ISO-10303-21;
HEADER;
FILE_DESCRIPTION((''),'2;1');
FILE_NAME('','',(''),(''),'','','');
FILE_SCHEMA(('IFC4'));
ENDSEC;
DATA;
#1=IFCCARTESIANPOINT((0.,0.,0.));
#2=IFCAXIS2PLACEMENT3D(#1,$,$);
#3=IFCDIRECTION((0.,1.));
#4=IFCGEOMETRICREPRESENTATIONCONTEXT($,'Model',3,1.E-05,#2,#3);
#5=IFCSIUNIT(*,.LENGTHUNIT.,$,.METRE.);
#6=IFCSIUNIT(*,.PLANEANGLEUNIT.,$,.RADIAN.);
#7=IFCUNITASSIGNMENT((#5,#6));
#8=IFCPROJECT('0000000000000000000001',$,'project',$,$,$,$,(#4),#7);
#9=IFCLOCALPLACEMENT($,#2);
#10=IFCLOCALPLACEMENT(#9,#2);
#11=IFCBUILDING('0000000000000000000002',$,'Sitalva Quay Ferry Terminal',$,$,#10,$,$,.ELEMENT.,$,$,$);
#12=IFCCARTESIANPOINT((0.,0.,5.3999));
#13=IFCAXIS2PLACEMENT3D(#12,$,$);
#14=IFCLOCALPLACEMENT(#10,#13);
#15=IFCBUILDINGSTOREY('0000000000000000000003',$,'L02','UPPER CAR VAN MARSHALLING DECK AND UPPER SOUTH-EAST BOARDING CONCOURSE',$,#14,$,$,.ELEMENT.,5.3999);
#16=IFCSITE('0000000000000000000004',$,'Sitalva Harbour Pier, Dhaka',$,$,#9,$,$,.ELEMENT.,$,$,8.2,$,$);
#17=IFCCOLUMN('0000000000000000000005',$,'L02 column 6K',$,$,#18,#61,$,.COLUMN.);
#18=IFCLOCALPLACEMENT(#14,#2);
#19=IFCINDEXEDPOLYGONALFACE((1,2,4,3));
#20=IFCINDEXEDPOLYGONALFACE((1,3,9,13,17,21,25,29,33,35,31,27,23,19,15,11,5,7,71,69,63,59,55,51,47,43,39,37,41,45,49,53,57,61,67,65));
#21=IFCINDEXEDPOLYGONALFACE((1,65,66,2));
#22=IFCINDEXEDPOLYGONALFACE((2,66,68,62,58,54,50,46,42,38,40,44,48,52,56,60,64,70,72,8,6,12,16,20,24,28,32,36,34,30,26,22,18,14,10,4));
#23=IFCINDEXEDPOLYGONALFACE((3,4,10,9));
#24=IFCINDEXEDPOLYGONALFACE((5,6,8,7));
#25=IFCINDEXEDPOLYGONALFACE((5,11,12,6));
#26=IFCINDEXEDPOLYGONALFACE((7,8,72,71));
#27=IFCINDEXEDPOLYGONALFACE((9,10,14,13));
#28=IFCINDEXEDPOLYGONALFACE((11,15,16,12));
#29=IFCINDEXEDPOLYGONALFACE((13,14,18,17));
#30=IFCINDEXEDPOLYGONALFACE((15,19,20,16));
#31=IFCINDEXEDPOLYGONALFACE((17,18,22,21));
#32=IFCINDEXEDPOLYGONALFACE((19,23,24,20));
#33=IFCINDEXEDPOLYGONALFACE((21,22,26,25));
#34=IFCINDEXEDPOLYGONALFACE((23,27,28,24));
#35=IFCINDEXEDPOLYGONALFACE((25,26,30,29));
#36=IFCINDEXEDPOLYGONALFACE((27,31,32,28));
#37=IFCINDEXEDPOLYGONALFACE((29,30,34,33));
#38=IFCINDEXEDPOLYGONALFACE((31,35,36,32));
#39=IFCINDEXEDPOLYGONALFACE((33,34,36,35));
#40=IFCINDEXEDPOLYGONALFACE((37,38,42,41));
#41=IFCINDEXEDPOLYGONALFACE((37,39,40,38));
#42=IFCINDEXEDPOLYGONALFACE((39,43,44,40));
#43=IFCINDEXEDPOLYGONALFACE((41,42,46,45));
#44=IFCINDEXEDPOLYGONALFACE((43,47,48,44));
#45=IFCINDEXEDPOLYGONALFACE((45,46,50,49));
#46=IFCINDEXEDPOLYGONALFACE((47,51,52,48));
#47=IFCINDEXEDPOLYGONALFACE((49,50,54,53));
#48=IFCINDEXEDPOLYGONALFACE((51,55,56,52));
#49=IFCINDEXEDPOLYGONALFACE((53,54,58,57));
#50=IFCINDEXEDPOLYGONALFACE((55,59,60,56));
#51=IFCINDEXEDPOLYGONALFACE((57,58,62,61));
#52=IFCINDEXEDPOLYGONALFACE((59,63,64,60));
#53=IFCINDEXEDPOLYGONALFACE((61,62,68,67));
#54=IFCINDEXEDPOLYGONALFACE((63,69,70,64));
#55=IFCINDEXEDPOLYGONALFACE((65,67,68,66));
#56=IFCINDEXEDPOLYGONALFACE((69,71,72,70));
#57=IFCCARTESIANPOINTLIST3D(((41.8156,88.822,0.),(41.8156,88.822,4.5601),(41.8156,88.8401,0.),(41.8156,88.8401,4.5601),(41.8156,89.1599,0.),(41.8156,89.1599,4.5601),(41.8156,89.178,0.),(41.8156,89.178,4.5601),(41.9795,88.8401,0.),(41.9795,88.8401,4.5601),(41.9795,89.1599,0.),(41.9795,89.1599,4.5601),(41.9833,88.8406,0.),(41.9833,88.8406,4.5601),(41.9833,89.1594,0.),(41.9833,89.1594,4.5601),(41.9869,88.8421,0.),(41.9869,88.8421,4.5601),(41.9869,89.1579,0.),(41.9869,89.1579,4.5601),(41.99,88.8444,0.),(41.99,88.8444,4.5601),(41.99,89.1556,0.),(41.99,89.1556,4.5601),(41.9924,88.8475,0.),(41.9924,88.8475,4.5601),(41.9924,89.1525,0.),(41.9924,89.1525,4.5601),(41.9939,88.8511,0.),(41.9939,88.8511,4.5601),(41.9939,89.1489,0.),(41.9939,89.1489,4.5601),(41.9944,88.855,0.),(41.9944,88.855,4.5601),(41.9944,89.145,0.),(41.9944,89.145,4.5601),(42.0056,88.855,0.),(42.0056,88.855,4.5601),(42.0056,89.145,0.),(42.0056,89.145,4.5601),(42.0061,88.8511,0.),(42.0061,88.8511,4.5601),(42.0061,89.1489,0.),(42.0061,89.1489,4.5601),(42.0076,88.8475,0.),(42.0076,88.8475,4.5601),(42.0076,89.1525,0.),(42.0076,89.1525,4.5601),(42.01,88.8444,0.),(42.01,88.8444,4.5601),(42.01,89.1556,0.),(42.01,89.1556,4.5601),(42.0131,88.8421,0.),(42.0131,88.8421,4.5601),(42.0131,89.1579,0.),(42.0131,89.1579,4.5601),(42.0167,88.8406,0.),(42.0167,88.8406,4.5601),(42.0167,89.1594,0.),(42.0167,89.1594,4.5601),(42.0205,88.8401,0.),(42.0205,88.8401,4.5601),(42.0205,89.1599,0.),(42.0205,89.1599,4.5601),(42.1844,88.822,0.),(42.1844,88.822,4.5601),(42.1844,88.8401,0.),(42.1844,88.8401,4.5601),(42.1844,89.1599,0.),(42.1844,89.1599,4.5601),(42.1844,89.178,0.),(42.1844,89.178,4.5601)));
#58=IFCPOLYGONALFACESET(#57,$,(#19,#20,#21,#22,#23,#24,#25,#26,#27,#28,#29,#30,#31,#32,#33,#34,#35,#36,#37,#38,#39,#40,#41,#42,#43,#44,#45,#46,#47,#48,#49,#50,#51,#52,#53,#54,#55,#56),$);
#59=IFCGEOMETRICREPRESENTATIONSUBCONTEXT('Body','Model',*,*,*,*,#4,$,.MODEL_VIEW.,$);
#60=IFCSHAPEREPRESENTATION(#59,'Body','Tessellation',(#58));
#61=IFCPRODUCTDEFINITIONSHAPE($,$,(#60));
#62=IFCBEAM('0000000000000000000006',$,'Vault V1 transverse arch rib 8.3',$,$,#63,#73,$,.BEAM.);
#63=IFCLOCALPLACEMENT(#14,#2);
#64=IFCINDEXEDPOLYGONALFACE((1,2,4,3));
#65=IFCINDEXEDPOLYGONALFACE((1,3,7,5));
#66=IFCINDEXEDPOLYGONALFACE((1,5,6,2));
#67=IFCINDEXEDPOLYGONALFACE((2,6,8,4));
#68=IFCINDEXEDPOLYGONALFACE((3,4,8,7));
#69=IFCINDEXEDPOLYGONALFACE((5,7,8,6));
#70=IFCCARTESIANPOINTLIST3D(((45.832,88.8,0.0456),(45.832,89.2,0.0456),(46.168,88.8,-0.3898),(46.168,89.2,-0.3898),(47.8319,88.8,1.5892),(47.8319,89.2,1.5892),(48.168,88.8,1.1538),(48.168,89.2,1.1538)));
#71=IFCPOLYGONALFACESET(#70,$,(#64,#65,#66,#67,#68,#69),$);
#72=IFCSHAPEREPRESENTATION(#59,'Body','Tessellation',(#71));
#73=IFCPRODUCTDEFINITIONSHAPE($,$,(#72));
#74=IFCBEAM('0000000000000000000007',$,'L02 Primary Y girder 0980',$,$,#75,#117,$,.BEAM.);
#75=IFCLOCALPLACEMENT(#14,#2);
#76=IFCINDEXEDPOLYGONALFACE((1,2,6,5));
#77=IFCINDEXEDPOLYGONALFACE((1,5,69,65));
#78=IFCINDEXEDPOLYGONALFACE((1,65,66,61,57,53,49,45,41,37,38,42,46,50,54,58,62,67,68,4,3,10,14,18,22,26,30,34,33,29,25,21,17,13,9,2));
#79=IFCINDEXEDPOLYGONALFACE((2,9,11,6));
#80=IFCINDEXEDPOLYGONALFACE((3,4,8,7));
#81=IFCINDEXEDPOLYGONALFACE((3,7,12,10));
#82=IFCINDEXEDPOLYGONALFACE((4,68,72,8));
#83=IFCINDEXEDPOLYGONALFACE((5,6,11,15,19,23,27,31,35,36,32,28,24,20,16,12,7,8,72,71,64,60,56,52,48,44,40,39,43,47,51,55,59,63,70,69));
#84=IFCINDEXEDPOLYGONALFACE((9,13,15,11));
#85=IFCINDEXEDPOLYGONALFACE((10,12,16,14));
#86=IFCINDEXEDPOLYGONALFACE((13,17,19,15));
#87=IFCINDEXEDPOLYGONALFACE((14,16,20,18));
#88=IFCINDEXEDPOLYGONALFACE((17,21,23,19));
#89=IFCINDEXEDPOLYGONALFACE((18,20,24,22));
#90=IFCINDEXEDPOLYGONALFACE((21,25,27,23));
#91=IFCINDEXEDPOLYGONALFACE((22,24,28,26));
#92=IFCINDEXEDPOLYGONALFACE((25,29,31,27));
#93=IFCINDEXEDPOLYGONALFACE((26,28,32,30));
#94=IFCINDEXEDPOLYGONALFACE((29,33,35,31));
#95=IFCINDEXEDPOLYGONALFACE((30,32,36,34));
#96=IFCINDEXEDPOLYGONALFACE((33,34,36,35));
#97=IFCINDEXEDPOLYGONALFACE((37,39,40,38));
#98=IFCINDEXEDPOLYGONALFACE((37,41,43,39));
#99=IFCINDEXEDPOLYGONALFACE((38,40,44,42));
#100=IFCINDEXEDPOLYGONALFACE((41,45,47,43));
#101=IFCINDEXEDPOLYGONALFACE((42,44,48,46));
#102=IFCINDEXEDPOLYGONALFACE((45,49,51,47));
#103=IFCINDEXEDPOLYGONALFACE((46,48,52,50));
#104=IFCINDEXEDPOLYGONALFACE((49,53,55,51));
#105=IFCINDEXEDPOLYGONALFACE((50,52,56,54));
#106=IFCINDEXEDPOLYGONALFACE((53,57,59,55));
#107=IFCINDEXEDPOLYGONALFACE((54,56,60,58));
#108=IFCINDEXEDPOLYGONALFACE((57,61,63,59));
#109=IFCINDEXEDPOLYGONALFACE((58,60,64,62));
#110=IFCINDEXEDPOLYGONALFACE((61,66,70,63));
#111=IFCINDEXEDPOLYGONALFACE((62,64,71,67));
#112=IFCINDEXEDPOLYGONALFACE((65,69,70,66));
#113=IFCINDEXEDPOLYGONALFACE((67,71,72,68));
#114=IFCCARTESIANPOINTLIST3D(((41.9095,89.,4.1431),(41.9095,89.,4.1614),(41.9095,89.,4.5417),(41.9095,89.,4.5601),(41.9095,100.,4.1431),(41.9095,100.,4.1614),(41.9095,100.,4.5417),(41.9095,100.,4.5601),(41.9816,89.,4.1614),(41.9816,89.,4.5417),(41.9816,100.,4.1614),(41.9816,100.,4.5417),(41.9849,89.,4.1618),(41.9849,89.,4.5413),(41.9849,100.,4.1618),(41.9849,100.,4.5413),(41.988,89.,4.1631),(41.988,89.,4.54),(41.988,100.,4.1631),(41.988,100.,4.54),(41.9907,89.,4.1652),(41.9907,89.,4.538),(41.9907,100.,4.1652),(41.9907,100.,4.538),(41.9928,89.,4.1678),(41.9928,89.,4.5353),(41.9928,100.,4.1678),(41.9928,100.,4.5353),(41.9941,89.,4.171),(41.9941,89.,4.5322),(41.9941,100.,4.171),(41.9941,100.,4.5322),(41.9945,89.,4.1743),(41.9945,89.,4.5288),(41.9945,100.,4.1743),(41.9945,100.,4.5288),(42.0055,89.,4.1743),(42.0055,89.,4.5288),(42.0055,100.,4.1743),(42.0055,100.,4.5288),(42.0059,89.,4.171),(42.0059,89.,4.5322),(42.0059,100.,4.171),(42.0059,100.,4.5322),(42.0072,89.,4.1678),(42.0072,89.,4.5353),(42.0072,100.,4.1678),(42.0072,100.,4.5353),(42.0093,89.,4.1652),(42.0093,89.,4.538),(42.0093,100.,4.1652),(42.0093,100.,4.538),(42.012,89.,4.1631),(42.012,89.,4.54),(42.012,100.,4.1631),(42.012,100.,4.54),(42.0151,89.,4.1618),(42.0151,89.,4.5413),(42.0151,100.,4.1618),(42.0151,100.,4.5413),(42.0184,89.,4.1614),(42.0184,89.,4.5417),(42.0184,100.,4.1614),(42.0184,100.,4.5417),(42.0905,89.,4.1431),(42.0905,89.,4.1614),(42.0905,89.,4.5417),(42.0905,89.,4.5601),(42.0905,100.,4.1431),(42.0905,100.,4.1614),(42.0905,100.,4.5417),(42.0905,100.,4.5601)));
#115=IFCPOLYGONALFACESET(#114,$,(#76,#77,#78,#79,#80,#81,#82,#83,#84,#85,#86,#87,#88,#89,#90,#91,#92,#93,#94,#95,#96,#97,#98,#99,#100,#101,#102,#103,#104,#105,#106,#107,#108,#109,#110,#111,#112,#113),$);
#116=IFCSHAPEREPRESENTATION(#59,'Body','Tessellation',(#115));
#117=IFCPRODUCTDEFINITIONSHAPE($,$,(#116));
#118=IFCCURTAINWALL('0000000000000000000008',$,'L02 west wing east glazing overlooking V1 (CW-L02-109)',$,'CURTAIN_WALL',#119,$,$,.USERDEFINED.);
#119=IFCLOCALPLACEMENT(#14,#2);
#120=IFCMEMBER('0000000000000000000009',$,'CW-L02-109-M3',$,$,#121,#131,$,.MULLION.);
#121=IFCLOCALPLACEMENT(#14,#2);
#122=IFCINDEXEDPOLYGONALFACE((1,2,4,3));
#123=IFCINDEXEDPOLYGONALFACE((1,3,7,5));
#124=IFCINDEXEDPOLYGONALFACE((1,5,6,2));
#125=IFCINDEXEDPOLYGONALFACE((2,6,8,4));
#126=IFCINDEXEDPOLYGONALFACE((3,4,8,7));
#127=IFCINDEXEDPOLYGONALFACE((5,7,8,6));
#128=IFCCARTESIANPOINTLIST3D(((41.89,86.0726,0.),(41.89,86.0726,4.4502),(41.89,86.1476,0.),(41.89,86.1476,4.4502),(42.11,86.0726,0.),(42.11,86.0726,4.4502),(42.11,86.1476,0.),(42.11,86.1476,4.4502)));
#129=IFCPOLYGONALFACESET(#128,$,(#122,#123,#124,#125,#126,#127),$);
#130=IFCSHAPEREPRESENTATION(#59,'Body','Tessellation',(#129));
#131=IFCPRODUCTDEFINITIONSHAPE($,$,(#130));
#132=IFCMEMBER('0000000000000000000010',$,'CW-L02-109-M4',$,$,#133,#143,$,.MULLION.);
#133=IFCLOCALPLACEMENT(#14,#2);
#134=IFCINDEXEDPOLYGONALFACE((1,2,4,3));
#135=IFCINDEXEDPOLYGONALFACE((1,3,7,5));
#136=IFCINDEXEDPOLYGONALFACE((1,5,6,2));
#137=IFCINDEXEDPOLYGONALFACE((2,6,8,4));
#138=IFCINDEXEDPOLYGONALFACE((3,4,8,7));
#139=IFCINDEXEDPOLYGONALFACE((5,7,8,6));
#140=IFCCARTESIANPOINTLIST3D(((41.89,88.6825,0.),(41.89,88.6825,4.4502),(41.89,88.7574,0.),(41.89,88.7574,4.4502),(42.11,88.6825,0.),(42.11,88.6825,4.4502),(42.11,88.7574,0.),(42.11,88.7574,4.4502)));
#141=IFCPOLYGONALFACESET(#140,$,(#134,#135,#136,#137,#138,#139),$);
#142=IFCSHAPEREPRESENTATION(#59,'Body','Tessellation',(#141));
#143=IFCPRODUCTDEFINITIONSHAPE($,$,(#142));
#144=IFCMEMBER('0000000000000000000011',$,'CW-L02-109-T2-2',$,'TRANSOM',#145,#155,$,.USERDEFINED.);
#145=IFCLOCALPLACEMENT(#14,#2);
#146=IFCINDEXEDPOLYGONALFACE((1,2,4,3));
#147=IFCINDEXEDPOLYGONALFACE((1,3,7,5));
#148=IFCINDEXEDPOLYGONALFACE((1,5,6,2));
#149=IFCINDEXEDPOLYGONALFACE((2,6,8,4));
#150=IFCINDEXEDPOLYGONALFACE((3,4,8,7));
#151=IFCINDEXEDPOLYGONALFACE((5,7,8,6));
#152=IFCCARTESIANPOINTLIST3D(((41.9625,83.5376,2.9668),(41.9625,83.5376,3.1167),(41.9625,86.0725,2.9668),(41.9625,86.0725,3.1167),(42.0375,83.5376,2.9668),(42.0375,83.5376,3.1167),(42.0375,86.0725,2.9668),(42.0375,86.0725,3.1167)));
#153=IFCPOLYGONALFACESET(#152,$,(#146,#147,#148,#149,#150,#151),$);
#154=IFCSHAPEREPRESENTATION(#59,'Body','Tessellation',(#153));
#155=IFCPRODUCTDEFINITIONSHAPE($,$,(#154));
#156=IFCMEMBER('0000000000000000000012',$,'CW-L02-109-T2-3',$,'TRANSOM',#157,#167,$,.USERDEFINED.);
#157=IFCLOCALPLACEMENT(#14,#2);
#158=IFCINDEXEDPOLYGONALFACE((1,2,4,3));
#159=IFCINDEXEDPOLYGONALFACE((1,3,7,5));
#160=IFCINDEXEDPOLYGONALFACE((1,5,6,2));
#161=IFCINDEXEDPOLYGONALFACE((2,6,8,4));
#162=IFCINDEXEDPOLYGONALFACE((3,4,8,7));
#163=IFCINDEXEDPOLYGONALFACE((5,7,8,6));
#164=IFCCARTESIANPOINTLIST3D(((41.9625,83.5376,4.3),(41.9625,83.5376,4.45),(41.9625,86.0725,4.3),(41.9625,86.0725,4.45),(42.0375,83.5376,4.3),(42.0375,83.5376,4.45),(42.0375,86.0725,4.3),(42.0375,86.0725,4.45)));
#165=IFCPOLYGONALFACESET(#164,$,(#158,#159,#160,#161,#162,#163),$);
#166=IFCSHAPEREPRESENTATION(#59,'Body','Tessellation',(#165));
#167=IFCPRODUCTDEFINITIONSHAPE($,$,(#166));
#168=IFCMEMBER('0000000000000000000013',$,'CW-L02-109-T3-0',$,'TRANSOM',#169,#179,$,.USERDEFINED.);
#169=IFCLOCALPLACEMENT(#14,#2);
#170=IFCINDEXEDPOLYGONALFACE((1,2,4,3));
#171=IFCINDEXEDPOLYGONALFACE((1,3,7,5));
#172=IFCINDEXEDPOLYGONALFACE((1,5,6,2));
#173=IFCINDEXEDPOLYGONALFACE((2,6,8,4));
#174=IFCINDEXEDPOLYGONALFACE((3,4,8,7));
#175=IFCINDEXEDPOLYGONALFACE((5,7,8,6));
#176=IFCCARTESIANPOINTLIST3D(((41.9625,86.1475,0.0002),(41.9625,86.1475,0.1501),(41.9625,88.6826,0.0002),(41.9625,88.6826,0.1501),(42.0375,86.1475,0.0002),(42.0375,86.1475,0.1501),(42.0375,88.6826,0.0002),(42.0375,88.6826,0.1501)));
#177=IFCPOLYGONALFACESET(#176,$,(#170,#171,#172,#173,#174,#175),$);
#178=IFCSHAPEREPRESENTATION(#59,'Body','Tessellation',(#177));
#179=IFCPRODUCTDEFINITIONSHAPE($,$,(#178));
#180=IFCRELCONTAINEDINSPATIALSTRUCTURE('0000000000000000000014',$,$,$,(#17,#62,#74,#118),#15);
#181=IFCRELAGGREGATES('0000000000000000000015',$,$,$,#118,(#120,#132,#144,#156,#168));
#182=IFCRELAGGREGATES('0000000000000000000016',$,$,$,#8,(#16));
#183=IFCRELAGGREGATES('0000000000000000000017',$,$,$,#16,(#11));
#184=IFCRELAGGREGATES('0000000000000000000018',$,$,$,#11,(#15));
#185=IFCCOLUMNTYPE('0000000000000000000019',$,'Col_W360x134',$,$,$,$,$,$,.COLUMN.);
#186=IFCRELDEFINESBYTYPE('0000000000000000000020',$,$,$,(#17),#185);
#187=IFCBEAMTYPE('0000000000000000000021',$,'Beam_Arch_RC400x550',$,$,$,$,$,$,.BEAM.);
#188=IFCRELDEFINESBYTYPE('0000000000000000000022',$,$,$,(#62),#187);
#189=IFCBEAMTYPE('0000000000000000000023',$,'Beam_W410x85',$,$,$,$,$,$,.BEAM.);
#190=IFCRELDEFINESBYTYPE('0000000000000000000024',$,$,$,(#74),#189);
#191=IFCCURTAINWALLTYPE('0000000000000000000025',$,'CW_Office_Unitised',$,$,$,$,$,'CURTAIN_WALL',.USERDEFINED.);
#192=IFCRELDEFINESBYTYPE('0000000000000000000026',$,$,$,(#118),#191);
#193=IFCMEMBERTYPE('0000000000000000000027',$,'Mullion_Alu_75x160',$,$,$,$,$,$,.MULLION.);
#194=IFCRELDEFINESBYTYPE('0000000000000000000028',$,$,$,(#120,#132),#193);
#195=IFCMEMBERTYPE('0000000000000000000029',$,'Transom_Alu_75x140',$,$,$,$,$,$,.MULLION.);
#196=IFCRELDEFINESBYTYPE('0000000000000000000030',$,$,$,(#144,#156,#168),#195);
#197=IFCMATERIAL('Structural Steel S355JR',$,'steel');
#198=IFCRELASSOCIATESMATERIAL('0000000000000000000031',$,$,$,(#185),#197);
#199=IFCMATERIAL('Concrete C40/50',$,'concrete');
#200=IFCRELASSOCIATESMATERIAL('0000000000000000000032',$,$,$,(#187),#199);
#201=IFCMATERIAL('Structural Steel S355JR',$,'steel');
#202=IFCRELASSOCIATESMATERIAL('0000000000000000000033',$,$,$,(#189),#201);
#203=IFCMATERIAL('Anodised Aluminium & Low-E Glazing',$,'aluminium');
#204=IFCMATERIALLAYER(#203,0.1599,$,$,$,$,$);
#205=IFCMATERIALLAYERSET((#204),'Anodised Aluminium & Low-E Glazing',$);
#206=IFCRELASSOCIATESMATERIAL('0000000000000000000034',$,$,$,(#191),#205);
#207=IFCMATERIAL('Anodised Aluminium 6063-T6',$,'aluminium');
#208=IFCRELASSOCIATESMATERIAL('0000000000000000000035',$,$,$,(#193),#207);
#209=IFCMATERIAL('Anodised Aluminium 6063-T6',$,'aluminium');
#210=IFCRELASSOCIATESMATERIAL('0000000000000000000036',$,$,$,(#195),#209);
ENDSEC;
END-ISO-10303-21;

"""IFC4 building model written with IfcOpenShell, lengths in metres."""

from ifc_helpers import new_model, si_unit, direction, frame, origin, origin_2d, place, context, subcontext, project, spatial, rectangle, i_section, extrude, material, layer, layer_set, material_profile, profile_set, type_object, element, aggregate, save


model = new_model("IFC4")

# Units and contexts
model_context = context("Model", 3, precision=1e-05, world=origin(), true_north=direction((0.0, 1.0)))
body_context = subcontext(model_context, "Body", "Model", "MODEL_VIEW")
ifc_project = project(units=[si_unit("LENGTHUNIT", "METRE"), si_unit("PLANEANGLEUNIT", "RADIAN")], contexts=[model_context])

# Site, building, storey
site_placement = place(None, origin())
site = spatial("IfcSite", under=ifc_project, at=site_placement, Name="Sitalva Harbour Pier, Dhaka", CompositionType="ELEMENT", RefElevation=8.2)
building_placement = place(site_placement, origin())
building = spatial("IfcBuilding", under=site, at=building_placement, Name="Sitalva Quay Ferry Terminal", CompositionType="ELEMENT")
storey_placement = place(building_placement, frame((0.0, 0.0, 5.3999)))
storey = spatial("IfcBuildingStorey", under=building, at=storey_placement, Name="L02", Description="UPPER CAR VAN MARSHALLING DECK AND UPPER SOUTH-EAST BOARDING CONCOURSE", CompositionType="ELEMENT", Elevation=5.3999)

# Column
ifc_material_1 = material(Name="Structural Steel S355JR", Category="steel")
ifc_material_profile_1 = material_profile(ifc_material_1, i_section(OverallWidth=0.3689, OverallDepth=0.356, WebThickness=0.0112, FlangeThickness=0.0181, FilletRadius=0.0149, at=origin_2d()), Name="W360x134")
ifc_profile_set_1 = profile_set([ifc_material_profile_1], Name="Structural Steel S355JR")
column_type = type_object("IfcColumnType", Name="Col_W360x134", PredefinedType="COLUMN", material=ifc_profile_set_1)
column_placement = place(storey_placement, frame((42.0, 89.0, 0.0), z_axis=(0.0, 0.0, 1.0), x_axis=(1.0, 0.0, 0.0)))
element("IfcColumn", 1, at=column_placement, inside=storey, type_object=column_type, Name="L02 column 6K", PredefinedType="COLUMN", context=body_context, shape_type="SweptSolid", body=[
    extrude(i_section(OverallWidth=0.3689, OverallDepth=0.356, WebThickness=0.0112, FlangeThickness=0.0181, FilletRadius=0.0149, at=origin_2d()), origin(), (0.0, 0.0, 1.0), 4.5601),
])

# Beams
ifc_material_2 = material(Name="Concrete C40/50", Category="concrete")
ifc_material_profile_2 = material_profile(ifc_material_2, rectangle(XDim=0.3999, YDim=0.55, at=origin_2d()), Name="RC400x550")
ifc_profile_set_2 = profile_set([ifc_material_profile_2], Name="Concrete C40/50")
beam_type_1 = type_object("IfcBeamType", Name="Beam_Arch_RC400x550", PredefinedType="BEAM", material=ifc_profile_set_2)
beam_1_placement = place(storey_placement, frame((46.0, 89.0, -0.1721), z_axis=(0.791621, 0.0, 0.611013), x_axis=(0.0, 1.0, 0.0)))
element("IfcBeam", 2, at=beam_1_placement, inside=storey, type_object=beam_type_1, Name="Vault V1 transverse arch rib 8.3", PredefinedType="BEAM", context=body_context, shape_type="SweptSolid", body=[
    extrude(rectangle(XDim=0.3999, YDim=0.55, at=origin_2d()), origin(), (0.0, 0.0, 1.0), 2.5264),
])
ifc_material_3 = material(Name="Structural Steel S355JR", Category="steel")
ifc_material_profile_3 = material_profile(ifc_material_3, i_section(OverallWidth=0.1809, OverallDepth=0.417, WebThickness=0.011, FlangeThickness=0.0183, FilletRadius=0.0129, at=origin_2d()), Name="W410x85")
ifc_profile_set_3 = profile_set([ifc_material_profile_3], Name="Structural Steel S355JR")
beam_type_2 = type_object("IfcBeamType", Name="Beam_W410x85", PredefinedType="BEAM", material=ifc_profile_set_3)
beam_2_placement = place(storey_placement, frame((42.0, 89.0, 4.3516), z_axis=(0.0, 1.0, 0.0), x_axis=(-1.0, 0.0, 0.0)))
element("IfcBeam", 3, at=beam_2_placement, inside=storey, type_object=beam_type_2, Name="L02 Primary Y girder 0980", PredefinedType="BEAM", context=body_context, shape_type="SweptSolid", body=[
    extrude(i_section(OverallWidth=0.1809, OverallDepth=0.417, WebThickness=0.011, FlangeThickness=0.0183, FilletRadius=0.0129, at=origin_2d()), origin(), (0.0, 0.0, 1.0), 11.0),
])

# Curtain wall, members
ifc_material_4 = material(Name="Anodised Aluminium & Low-E Glazing", Category="aluminium")
ifc_layer_1 = layer(ifc_material_4, 0.1599)
ifc_layer_set_1 = layer_set([ifc_layer_1], Name="Anodised Aluminium & Low-E Glazing")
curtain_wall_type = type_object("IfcCurtainWallType", Name="CW_Office_Unitised", ElementType="CURTAIN_WALL", PredefinedType="USERDEFINED", material=ifc_layer_set_1)
curtain_wall_placement = place(storey_placement, origin())
curtain_wall = element("IfcCurtainWall", 4, at=curtain_wall_placement, inside=storey, type_object=curtain_wall_type, Name="L02 west wing east glazing overlooking V1 (CW-L02-109)", ObjectType="CURTAIN_WALL", PredefinedType="USERDEFINED")
ifc_material_5 = material(Name="Anodised Aluminium 6063-T6", Category="aluminium")
ifc_material_profile_4 = material_profile(ifc_material_5, rectangle(XDim=0.075, YDim=0.22, at=origin_2d()), Name="ALU75x220")
ifc_profile_set_4 = profile_set([ifc_material_profile_4], Name="Anodised Aluminium 6063-T6")
member_type_1 = type_object("IfcMemberType", Name="Mullion_Alu_75x160", PredefinedType="MULLION", material=ifc_profile_set_4)
member_1_placement = place(storey_placement, frame((42.0, 86.1101, 0.0), z_axis=(0.0, 0.0, 1.0), x_axis=(0.0, 1.0, 0.0)))
member_1 = element("IfcMember", 5, at=member_1_placement, type_object=member_type_1, Name="CW-L02-109-M3", PredefinedType="MULLION", context=body_context, shape_type="SweptSolid", body=[
    extrude(rectangle(XDim=0.075, YDim=0.22, at=origin_2d()), origin(), (0.0, 0.0, 1.0), 4.4502),
])
member_2_placement = place(storey_placement, frame((42.0, 88.72, 0.0), z_axis=(0.0, 0.0, 1.0), x_axis=(0.0, 1.0, 0.0)))
member_2 = element("IfcMember", 6, at=member_2_placement, type_object=member_type_1, Name="CW-L02-109-M4", PredefinedType="MULLION", context=body_context, shape_type="SweptSolid", body=[
    extrude(rectangle(XDim=0.075, YDim=0.22, at=origin_2d()), origin(), (0.0, 0.0, 1.0), 4.4502),
])
ifc_material_6 = material(Name="Anodised Aluminium 6063-T6", Category="aluminium")
ifc_material_profile_5 = material_profile(ifc_material_6, rectangle(XDim=0.075, YDim=0.1499, at=origin_2d()), Name="ALU75x150")
ifc_profile_set_5 = profile_set([ifc_material_profile_5], Name="Anodised Aluminium 6063-T6")
member_type_2 = type_object("IfcMemberType", Name="Transom_Alu_75x140", PredefinedType="MULLION", material=ifc_profile_set_5)
member_3_placement = place(storey_placement, frame((42.0, 83.5376, 3.0417), z_axis=(0.0, 1.0, 0.0), x_axis=(-1.0, 0.0, 0.0)))
member_3 = element("IfcMember", 7, at=member_3_placement, type_object=member_type_2, Name="CW-L02-109-T2-2", ObjectType="TRANSOM", PredefinedType="USERDEFINED", context=body_context, shape_type="SweptSolid", body=[
    extrude(rectangle(XDim=0.075, YDim=0.1499, at=origin_2d()), origin(), (0.0, 0.0, 1.0), 2.5349),
])
member_4_placement = place(storey_placement, frame((42.0, 83.5376, 4.375), z_axis=(0.0, 1.0, 0.0), x_axis=(-1.0, 0.0, 0.0)))
member_4 = element("IfcMember", 8, at=member_4_placement, type_object=member_type_2, Name="CW-L02-109-T2-3", ObjectType="TRANSOM", PredefinedType="USERDEFINED", context=body_context, shape_type="SweptSolid", body=[
    extrude(rectangle(XDim=0.075, YDim=0.1499, at=origin_2d()), origin(), (0.0, 0.0, 1.0), 2.5349),
])
member_5_placement = place(storey_placement, frame((42.0, 86.1475, 0.0752), z_axis=(0.0, 1.0, 0.0), x_axis=(-1.0, 0.0, 0.0)))
member_5 = element("IfcMember", 9, at=member_5_placement, type_object=member_type_2, Name="CW-L02-109-T3-0", ObjectType="TRANSOM", PredefinedType="USERDEFINED", context=body_context, shape_type="SweptSolid", body=[
    extrude(rectangle(XDim=0.075, YDim=0.1499, at=origin_2d()), origin(), (0.0, 0.0, 1.0), 2.5352),
])

aggregate(curtain_wall, [member_1, member_2, member_3, member_4, member_5])

save(model, "model.ifc")
